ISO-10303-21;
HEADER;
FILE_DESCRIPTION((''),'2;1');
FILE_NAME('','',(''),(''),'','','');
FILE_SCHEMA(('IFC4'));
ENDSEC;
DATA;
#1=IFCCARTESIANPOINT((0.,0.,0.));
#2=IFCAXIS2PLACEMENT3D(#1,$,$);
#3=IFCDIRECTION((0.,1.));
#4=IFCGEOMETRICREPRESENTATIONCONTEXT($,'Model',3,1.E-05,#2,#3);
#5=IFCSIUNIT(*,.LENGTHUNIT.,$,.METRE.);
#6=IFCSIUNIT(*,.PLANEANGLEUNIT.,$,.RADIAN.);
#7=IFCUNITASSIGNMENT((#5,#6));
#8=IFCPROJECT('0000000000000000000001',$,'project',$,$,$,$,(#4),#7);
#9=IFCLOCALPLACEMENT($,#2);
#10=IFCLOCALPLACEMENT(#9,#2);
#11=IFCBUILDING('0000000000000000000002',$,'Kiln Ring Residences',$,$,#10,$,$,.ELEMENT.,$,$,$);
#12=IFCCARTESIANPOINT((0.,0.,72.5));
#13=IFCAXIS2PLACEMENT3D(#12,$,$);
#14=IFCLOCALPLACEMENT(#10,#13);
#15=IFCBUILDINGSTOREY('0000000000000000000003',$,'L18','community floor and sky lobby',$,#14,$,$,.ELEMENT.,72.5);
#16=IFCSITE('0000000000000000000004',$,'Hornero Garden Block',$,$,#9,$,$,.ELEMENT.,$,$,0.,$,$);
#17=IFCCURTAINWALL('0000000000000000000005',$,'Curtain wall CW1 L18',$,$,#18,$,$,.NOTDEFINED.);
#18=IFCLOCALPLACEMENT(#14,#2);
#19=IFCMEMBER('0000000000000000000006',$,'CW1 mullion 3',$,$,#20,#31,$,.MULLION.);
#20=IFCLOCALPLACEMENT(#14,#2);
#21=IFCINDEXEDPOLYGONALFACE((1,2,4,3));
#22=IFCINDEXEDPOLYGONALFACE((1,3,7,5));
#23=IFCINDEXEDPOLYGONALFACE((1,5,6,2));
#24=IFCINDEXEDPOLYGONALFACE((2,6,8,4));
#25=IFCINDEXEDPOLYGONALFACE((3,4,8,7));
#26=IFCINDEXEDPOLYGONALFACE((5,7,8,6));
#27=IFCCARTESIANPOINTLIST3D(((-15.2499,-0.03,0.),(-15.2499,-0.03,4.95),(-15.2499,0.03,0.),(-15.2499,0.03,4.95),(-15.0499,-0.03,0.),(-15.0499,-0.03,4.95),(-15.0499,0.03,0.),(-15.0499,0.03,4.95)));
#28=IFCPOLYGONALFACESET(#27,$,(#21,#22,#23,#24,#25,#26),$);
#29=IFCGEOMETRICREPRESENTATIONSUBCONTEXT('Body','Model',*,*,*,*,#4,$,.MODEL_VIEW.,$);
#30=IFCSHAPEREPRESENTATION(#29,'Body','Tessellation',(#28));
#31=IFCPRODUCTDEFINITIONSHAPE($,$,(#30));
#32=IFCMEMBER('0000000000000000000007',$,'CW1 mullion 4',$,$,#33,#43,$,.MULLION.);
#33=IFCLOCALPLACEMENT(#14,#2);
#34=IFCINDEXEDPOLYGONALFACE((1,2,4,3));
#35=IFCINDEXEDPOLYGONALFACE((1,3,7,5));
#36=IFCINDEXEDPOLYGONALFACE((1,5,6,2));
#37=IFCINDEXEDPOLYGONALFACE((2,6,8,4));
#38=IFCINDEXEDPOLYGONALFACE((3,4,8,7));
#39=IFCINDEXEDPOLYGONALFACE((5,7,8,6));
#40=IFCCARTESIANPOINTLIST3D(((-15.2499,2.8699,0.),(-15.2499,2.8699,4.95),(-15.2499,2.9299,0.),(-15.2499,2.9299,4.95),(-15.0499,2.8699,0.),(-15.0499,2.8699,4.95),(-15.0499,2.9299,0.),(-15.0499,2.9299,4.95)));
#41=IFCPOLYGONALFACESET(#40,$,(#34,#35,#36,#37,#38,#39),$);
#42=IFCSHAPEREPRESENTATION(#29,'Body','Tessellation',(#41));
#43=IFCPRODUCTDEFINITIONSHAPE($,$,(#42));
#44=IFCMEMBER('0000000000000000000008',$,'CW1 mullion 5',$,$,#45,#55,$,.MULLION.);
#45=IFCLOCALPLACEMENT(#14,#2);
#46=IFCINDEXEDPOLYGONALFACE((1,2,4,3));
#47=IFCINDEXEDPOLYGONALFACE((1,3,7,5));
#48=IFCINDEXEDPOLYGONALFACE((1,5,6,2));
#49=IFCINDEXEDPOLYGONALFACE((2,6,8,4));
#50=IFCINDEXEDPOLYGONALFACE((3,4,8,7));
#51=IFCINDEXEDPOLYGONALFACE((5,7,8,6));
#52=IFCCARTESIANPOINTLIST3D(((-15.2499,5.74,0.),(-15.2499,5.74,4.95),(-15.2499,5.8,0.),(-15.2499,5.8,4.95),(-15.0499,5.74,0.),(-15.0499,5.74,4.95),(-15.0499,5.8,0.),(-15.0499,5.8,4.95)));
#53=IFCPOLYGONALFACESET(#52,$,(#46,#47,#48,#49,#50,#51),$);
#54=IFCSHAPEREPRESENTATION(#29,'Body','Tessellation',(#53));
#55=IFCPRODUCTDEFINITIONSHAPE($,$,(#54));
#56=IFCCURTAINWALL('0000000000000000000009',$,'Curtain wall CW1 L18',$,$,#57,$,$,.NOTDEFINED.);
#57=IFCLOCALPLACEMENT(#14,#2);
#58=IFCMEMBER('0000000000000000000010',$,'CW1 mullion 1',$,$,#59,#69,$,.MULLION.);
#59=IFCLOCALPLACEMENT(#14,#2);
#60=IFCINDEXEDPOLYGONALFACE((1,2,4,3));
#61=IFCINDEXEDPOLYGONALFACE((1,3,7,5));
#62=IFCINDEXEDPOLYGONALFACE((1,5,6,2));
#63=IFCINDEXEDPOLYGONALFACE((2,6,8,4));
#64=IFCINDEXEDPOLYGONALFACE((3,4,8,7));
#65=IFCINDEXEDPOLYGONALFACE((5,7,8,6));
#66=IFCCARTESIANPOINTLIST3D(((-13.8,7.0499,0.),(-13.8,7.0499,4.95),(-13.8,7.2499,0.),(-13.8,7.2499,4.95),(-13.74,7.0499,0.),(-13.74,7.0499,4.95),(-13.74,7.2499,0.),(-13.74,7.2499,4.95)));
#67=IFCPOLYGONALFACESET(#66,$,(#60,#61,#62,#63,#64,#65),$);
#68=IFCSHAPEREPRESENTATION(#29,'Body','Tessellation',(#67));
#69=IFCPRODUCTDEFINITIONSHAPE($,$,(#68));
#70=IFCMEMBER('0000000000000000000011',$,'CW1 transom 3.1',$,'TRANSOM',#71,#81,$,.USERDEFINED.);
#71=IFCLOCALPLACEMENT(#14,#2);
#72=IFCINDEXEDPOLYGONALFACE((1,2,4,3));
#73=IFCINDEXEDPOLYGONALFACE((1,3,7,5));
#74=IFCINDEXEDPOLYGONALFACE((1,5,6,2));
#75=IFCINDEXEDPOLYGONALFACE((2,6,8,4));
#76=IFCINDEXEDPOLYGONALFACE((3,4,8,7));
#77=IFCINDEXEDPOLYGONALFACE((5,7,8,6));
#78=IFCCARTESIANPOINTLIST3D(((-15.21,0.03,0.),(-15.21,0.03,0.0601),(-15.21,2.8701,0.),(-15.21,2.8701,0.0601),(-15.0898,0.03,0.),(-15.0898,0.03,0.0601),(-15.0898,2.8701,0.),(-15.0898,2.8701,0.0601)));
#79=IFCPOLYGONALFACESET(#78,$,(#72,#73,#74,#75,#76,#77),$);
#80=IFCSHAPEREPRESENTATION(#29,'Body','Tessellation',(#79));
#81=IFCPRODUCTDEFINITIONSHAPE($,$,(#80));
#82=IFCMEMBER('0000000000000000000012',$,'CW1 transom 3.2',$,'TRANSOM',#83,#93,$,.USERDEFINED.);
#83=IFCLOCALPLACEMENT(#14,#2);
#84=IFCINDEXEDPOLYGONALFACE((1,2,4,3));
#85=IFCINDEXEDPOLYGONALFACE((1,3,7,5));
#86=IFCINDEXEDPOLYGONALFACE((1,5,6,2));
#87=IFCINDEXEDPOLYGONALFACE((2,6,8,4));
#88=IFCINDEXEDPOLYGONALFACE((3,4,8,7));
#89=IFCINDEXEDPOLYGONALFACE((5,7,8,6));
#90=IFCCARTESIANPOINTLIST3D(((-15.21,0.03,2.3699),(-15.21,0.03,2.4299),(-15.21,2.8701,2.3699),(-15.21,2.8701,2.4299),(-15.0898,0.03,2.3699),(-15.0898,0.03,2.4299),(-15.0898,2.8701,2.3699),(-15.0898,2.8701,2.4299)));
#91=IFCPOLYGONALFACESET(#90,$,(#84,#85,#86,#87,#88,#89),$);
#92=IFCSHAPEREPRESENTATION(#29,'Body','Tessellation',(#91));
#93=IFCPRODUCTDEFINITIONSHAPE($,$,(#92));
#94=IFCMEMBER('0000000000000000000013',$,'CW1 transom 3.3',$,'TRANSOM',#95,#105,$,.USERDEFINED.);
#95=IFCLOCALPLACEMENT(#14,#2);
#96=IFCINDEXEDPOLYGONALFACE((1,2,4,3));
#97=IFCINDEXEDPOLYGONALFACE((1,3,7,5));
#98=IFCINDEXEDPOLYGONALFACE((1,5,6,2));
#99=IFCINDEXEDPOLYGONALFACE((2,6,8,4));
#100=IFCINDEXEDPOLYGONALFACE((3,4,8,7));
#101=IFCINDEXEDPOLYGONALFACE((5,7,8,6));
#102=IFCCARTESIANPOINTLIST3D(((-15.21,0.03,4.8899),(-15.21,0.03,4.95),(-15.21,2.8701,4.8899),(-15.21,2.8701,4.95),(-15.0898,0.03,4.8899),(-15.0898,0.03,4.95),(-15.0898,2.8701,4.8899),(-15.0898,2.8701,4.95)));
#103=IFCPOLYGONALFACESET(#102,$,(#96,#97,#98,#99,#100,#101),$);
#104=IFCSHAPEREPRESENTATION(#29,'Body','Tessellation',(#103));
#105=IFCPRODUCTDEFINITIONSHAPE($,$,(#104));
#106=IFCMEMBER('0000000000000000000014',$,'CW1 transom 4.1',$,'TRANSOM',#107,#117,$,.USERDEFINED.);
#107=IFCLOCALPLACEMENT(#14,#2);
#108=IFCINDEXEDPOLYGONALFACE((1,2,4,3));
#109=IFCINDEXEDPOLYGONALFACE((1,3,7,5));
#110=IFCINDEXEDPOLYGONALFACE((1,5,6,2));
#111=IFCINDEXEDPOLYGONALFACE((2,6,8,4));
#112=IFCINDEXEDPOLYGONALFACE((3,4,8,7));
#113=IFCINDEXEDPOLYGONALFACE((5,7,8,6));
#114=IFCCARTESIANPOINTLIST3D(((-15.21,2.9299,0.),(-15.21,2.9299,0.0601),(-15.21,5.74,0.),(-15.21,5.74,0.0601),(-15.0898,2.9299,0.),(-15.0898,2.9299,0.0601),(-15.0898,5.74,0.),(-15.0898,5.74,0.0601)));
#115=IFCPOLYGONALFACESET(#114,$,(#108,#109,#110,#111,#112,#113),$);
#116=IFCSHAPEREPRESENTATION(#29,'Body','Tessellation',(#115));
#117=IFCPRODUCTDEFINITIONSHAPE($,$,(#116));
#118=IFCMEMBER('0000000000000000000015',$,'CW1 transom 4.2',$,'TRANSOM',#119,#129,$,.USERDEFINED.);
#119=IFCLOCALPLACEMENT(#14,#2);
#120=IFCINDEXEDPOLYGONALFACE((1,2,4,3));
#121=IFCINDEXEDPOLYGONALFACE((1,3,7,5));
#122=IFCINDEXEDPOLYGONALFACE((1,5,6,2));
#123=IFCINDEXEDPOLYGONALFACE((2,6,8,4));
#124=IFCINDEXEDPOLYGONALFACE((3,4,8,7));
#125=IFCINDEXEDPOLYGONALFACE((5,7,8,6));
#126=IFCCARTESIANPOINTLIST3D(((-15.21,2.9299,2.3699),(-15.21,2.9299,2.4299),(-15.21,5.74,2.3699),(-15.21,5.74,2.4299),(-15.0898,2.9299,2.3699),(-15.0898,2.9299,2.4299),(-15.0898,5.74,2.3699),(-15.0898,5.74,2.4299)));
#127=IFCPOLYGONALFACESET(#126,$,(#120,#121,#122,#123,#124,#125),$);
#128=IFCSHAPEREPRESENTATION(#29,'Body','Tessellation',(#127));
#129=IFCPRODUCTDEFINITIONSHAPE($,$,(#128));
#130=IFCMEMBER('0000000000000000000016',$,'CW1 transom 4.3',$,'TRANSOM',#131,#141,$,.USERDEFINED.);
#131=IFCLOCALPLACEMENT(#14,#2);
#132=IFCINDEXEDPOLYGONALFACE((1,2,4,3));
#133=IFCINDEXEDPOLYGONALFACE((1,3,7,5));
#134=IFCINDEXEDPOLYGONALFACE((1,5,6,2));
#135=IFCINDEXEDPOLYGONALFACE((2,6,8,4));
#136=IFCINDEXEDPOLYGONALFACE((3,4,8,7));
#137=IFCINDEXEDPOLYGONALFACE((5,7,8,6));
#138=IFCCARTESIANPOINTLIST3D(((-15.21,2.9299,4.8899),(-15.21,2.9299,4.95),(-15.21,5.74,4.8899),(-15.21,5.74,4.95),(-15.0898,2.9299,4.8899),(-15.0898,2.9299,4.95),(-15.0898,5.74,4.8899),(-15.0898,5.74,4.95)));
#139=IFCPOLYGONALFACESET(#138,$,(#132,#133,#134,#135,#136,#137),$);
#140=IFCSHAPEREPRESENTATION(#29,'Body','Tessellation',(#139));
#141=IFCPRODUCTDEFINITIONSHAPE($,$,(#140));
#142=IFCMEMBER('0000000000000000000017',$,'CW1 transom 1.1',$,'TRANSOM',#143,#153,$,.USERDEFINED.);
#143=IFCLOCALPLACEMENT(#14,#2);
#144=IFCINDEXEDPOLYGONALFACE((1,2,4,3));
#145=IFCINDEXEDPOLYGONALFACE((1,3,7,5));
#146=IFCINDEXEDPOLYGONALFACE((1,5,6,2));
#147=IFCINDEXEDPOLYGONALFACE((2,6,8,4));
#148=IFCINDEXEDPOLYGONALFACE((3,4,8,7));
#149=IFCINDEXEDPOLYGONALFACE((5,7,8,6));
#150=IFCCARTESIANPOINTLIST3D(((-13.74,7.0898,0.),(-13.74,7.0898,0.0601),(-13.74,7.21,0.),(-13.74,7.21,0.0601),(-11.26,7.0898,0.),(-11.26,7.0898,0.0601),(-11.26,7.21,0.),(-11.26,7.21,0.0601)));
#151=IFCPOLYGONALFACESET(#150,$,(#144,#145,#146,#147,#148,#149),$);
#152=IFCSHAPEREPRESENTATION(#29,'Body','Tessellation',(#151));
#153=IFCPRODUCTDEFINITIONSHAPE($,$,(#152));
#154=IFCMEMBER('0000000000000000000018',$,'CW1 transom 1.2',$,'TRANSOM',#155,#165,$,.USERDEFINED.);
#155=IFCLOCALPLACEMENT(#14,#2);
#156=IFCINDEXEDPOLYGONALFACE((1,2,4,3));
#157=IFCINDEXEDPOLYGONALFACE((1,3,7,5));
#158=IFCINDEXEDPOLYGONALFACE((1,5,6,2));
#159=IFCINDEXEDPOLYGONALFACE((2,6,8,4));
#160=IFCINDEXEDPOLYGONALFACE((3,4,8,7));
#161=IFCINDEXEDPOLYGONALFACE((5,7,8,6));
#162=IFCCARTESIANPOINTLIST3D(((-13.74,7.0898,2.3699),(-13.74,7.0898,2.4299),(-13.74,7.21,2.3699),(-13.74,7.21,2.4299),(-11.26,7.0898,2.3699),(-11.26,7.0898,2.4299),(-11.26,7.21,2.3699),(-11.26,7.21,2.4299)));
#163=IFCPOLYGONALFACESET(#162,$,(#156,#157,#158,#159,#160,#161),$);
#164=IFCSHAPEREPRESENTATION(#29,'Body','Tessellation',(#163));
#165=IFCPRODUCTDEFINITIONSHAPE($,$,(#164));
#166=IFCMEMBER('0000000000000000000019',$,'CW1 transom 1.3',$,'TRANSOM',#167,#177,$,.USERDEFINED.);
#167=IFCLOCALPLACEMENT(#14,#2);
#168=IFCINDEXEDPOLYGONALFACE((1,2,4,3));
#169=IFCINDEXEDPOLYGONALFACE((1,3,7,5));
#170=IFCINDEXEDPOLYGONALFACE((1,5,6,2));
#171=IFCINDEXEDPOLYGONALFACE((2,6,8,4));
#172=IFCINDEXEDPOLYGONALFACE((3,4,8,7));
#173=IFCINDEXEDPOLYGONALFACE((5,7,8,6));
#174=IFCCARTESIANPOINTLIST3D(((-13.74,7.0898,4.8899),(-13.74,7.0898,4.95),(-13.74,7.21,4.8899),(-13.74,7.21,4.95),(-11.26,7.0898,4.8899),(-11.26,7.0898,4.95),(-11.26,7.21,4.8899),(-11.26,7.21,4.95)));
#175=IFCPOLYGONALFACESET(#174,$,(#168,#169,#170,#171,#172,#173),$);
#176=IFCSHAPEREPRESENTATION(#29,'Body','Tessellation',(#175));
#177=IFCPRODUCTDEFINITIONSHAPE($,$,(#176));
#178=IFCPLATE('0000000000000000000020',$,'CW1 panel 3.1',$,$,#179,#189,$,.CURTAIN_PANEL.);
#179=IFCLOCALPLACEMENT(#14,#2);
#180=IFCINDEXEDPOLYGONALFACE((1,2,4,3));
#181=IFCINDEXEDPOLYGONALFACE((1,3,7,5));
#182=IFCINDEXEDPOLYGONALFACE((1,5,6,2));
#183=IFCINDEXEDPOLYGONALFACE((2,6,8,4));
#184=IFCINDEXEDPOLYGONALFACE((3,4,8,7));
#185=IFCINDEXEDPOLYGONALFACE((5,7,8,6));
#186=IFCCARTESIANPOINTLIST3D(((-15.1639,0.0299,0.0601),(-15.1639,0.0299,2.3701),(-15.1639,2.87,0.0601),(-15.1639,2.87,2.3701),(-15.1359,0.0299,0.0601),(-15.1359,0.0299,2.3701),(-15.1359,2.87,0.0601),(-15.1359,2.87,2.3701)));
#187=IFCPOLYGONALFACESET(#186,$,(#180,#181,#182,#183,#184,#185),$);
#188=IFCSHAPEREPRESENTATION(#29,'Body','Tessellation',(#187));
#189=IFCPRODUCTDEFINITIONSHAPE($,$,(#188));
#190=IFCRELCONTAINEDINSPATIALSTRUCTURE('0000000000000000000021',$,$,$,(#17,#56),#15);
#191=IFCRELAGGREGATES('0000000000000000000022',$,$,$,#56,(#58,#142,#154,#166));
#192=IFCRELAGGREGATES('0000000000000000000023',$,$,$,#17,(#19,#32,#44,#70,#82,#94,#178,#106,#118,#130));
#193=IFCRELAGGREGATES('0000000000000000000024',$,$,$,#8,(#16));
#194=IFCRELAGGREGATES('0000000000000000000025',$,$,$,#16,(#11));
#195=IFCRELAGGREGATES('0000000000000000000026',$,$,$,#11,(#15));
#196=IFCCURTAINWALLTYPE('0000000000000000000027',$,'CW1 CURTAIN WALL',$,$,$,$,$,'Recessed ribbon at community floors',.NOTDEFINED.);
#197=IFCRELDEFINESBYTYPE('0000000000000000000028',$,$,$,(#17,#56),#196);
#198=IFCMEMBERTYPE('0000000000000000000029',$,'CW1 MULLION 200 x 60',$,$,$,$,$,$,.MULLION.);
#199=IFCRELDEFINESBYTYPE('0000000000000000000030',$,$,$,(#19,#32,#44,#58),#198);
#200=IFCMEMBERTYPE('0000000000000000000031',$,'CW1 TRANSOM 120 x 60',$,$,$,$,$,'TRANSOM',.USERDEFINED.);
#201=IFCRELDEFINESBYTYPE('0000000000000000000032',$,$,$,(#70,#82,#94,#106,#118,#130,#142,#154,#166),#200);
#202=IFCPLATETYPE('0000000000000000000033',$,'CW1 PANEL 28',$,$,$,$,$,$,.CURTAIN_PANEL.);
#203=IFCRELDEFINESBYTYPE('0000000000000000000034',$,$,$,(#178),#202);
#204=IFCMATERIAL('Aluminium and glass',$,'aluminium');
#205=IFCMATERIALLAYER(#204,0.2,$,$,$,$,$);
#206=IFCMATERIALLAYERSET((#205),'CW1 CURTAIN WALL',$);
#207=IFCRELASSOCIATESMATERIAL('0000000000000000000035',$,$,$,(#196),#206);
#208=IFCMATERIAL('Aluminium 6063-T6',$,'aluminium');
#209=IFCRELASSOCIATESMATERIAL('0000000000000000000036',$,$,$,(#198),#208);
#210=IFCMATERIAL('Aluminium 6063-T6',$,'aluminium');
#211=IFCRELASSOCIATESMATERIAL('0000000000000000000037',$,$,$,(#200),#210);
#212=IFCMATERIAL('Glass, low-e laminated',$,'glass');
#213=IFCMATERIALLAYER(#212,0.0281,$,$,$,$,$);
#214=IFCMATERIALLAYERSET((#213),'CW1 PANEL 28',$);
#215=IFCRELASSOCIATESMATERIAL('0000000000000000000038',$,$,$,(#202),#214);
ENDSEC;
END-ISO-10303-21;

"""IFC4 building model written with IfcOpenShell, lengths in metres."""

from ifc_helpers import new_model, si_unit, direction, frame, origin, origin_2d, place, context, subcontext, project, spatial, rectangle, extrude, material, layer, layer_set, material_profile, profile_set, type_object, element, aggregate, save


model = new_model("IFC4")

# Units and contexts
model_context = context("Model", 3, precision=1e-05, world=origin(), true_north=direction((0.0, 1.0)))
body_context = subcontext(model_context, "Body", "Model", "MODEL_VIEW")
ifc_project = project(units=[si_unit("LENGTHUNIT", "METRE"), si_unit("PLANEANGLEUNIT", "RADIAN")], contexts=[model_context])

# Site, building, storey
site_placement = place(None, origin())
site = spatial("IfcSite", under=ifc_project, at=site_placement, Name="Hornero Garden Block", CompositionType="ELEMENT", RefElevation=0.0)
building_placement = place(site_placement, origin())
building = spatial("IfcBuilding", under=site, at=building_placement, Name="Kiln Ring Residences", CompositionType="ELEMENT")
storey_placement = place(building_placement, frame((0.0, 0.0, 72.5)))
storey = spatial("IfcBuildingStorey", under=building, at=storey_placement, Name="L18", Description="community floor and sky lobby", CompositionType="ELEMENT", Elevation=72.5)

# Curtain wall, members
ifc_material_1 = material(Name="Aluminium and glass", Category="aluminium")
ifc_layer_1 = layer(ifc_material_1, 0.2)
ifc_layer_set_1 = layer_set([ifc_layer_1], Name="CW1 CURTAIN WALL")
curtain_wall_type = type_object("IfcCurtainWallType", Name="CW1 CURTAIN WALL", ElementType="Recessed ribbon at community floors", PredefinedType="NOTDEFINED", material=ifc_layer_set_1)
placement = place(storey_placement, origin())
curtain_wall_1 = element("IfcCurtainWall", 1, at=placement, inside=storey, type_object=curtain_wall_type, Name="Curtain wall CW1 L18", PredefinedType="NOTDEFINED")
ifc_material_2 = material(Name="Aluminium 6063-T6", Category="aluminium")
ifc_material_profile_1 = material_profile(ifc_material_2, rectangle(XDim=0.2, YDim=0.0601, at=origin_2d()), Name="AL 200x60")
ifc_profile_set_1 = profile_set([ifc_material_profile_1], Name="Aluminium 6063-T6")
member_type_1 = type_object("IfcMemberType", Name="CW1 MULLION 200 x 60", PredefinedType="MULLION", material=ifc_profile_set_1)
member_1_placement = place(storey_placement, frame((-15.1499, 0.0, 0.0), z_axis=(0.0, 0.0, 1.0), x_axis=(-1.0, 0.0, 0.0)))
member_1 = element("IfcMember", 2, at=member_1_placement, type_object=member_type_1, Name="CW1 mullion 3", PredefinedType="MULLION", context=body_context, shape_type="SweptSolid", body=[
    extrude(rectangle(XDim=0.2, YDim=0.0601, at=origin_2d()), origin(), (0.0, 0.0, 1.0), 4.95),
])
member_2_placement = place(storey_placement, frame((-15.1499, 2.8999, 0.0), z_axis=(0.0, 0.0, 1.0), x_axis=(-1.0, 0.0, 0.0)))
member_2 = element("IfcMember", 3, at=member_2_placement, type_object=member_type_1, Name="CW1 mullion 4", PredefinedType="MULLION", context=body_context, shape_type="SweptSolid", body=[
    extrude(rectangle(XDim=0.2, YDim=0.0601, at=origin_2d()), origin(), (0.0, 0.0, 1.0), 4.95),
])
member_3_placement = place(storey_placement, frame((-15.1499, 5.77, 0.0), z_axis=(0.0, 0.0, 1.0), x_axis=(-1.0, 0.0, 0.0)))
member_3 = element("IfcMember", 4, at=member_3_placement, type_object=member_type_1, Name="CW1 mullion 5", PredefinedType="MULLION", context=body_context, shape_type="SweptSolid", body=[
    extrude(rectangle(XDim=0.2, YDim=0.0601, at=origin_2d()), origin(), (0.0, 0.0, 1.0), 4.95),
])

# Curtain wall, member
curtain_wall_2 = element("IfcCurtainWall", 5, at=placement, inside=storey, type_object=curtain_wall_type, Name="Curtain wall CW1 L18", PredefinedType="NOTDEFINED")
member_4_placement = place(storey_placement, frame((-13.77, 7.1499, 0.0), z_axis=(0.0, 0.0, 1.0), x_axis=(0.0, 1.0, 0.0)))
member_4 = element("IfcMember", 6, at=member_4_placement, type_object=member_type_1, Name="CW1 mullion 1", PredefinedType="MULLION", context=body_context, shape_type="SweptSolid", body=[
    extrude(rectangle(XDim=0.2, YDim=0.0601, at=origin_2d()), origin(), (0.0, 0.0, 1.0), 4.95),
])

# Members
ifc_material_3 = material(Name="Aluminium 6063-T6", Category="aluminium")
ifc_material_profile_2 = material_profile(ifc_material_3, rectangle(XDim=0.1201, YDim=0.0601, at=origin_2d()), Name="AL 120x60")
ifc_profile_set_2 = profile_set([ifc_material_profile_2], Name="Aluminium 6063-T6")
member_type_2 = type_object("IfcMemberType", Name="CW1 TRANSOM 120 x 60", ElementType="TRANSOM", PredefinedType="USERDEFINED", material=ifc_profile_set_2)
member_5_placement = place(storey_placement, frame((-15.1499, 0.03, 0.03), z_axis=(0.0, 1.0, 0.0), x_axis=(-1.0, 0.0, 0.0)))
member_5 = element("IfcMember", 7, at=member_5_placement, type_object=member_type_2, Name="CW1 transom 3.1", ObjectType="TRANSOM", PredefinedType="USERDEFINED", context=body_context, shape_type="SweptSolid", body=[
    extrude(rectangle(XDim=0.1201, YDim=0.0601, at=origin_2d()), origin(), (0.0, 0.0, 1.0), 2.8401),
])
member_6_placement = place(storey_placement, frame((-15.1499, 0.03, 2.3999), z_axis=(0.0, 1.0, 0.0), x_axis=(-1.0, 0.0, 0.0)))
member_6 = element("IfcMember", 8, at=member_6_placement, type_object=member_type_2, Name="CW1 transom 3.2", ObjectType="TRANSOM", PredefinedType="USERDEFINED", context=body_context, shape_type="SweptSolid", body=[
    extrude(rectangle(XDim=0.1201, YDim=0.0601, at=origin_2d()), origin(), (0.0, 0.0, 1.0), 2.8401),
])
member_7_placement = place(storey_placement, frame((-15.1499, 0.03, 4.9199), z_axis=(0.0, 1.0, 0.0), x_axis=(-1.0, 0.0, 0.0)))
member_7 = element("IfcMember", 9, at=member_7_placement, type_object=member_type_2, Name="CW1 transom 3.3", ObjectType="TRANSOM", PredefinedType="USERDEFINED", context=body_context, shape_type="SweptSolid", body=[
    extrude(rectangle(XDim=0.1201, YDim=0.0601, at=origin_2d()), origin(), (0.0, 0.0, 1.0), 2.8401),
])
member_8_placement = place(storey_placement, frame((-15.1499, 2.9299, 0.03), z_axis=(0.0, 1.0, 0.0), x_axis=(-1.0, 0.0, 0.0)))
member_8 = element("IfcMember", 10, at=member_8_placement, type_object=member_type_2, Name="CW1 transom 4.1", ObjectType="TRANSOM", PredefinedType="USERDEFINED", context=body_context, shape_type="SweptSolid", body=[
    extrude(rectangle(XDim=0.1201, YDim=0.0601, at=origin_2d()), origin(), (0.0, 0.0, 1.0), 2.8101),
])
member_9_placement = place(storey_placement, frame((-15.1499, 2.9299, 2.3999), z_axis=(0.0, 1.0, 0.0), x_axis=(-1.0, 0.0, 0.0)))
member_9 = element("IfcMember", 11, at=member_9_placement, type_object=member_type_2, Name="CW1 transom 4.2", ObjectType="TRANSOM", PredefinedType="USERDEFINED", context=body_context, shape_type="SweptSolid", body=[
    extrude(rectangle(XDim=0.1201, YDim=0.0601, at=origin_2d()), origin(), (0.0, 0.0, 1.0), 2.8101),
])
member_10_placement = place(storey_placement, frame((-15.1499, 2.9299, 4.9199), z_axis=(0.0, 1.0, 0.0), x_axis=(-1.0, 0.0, 0.0)))
member_10 = element("IfcMember", 12, at=member_10_placement, type_object=member_type_2, Name="CW1 transom 4.3", ObjectType="TRANSOM", PredefinedType="USERDEFINED", context=body_context, shape_type="SweptSolid", body=[
    extrude(rectangle(XDim=0.1201, YDim=0.0601, at=origin_2d()), origin(), (0.0, 0.0, 1.0), 2.8101),
])
member_11_placement = place(storey_placement, frame((-13.74, 7.1499, 0.03), z_axis=(1.0, 0.0, 0.0), x_axis=(0.0, 1.0, 0.0)))
member_11 = element("IfcMember", 13, at=member_11_placement, type_object=member_type_2, Name="CW1 transom 1.1", ObjectType="TRANSOM", PredefinedType="USERDEFINED", context=body_context, shape_type="SweptSolid", body=[
    extrude(rectangle(XDim=0.1201, YDim=0.0601, at=origin_2d()), origin(), (0.0, 0.0, 1.0), 2.48),
])
member_12_placement = place(storey_placement, frame((-13.74, 7.1499, 2.3999), z_axis=(1.0, 0.0, 0.0), x_axis=(0.0, 1.0, 0.0)))
member_12 = element("IfcMember", 14, at=member_12_placement, type_object=member_type_2, Name="CW1 transom 1.2", ObjectType="TRANSOM", PredefinedType="USERDEFINED", context=body_context, shape_type="SweptSolid", body=[
    extrude(rectangle(XDim=0.1201, YDim=0.0601, at=origin_2d()), origin(), (0.0, 0.0, 1.0), 2.48),
])
member_13_placement = place(storey_placement, frame((-13.74, 7.1499, 4.9199), z_axis=(1.0, 0.0, 0.0), x_axis=(0.0, 1.0, 0.0)))
member_13 = element("IfcMember", 15, at=member_13_placement, type_object=member_type_2, Name="CW1 transom 1.3", ObjectType="TRANSOM", PredefinedType="USERDEFINED", context=body_context, shape_type="SweptSolid", body=[
    extrude(rectangle(XDim=0.1201, YDim=0.0601, at=origin_2d()), origin(), (0.0, 0.0, 1.0), 2.48),
])
aggregate(curtain_wall_2, [member_4, member_11, member_12, member_13])

# Plate
ifc_material_4 = material(Name="Glass, low-e laminated", Category="glass")
ifc_layer_2 = layer(ifc_material_4, 0.0281)
ifc_layer_set_2 = layer_set([ifc_layer_2], Name="CW1 PANEL 28")
plate_type = type_object("IfcPlateType", Name="CW1 PANEL 28", PredefinedType="CURTAIN_PANEL", material=ifc_layer_set_2)
plate_1_placement = place(storey_placement, frame((-15.1499, 1.45, 0.0601), z_axis=(0.0, 0.0, 1.0), x_axis=(0.0, 1.0, 0.0)))
plate_1 = element("IfcPlate", 16, at=plate_1_placement, type_object=plate_type, Name="CW1 panel 3.1", PredefinedType="CURTAIN_PANEL", context=body_context, shape_type="SweptSolid", body=[
    extrude(rectangle(XDim=2.8401, YDim=0.0281, at=origin_2d()), origin(), (0.0, 0.0, 1.0), 2.3101),
])
aggregate(curtain_wall_1, [member_1, member_2, member_3, member_5, member_6, member_7, plate_1, member_8, member_9, member_10])

save(model, "model.ifc")
